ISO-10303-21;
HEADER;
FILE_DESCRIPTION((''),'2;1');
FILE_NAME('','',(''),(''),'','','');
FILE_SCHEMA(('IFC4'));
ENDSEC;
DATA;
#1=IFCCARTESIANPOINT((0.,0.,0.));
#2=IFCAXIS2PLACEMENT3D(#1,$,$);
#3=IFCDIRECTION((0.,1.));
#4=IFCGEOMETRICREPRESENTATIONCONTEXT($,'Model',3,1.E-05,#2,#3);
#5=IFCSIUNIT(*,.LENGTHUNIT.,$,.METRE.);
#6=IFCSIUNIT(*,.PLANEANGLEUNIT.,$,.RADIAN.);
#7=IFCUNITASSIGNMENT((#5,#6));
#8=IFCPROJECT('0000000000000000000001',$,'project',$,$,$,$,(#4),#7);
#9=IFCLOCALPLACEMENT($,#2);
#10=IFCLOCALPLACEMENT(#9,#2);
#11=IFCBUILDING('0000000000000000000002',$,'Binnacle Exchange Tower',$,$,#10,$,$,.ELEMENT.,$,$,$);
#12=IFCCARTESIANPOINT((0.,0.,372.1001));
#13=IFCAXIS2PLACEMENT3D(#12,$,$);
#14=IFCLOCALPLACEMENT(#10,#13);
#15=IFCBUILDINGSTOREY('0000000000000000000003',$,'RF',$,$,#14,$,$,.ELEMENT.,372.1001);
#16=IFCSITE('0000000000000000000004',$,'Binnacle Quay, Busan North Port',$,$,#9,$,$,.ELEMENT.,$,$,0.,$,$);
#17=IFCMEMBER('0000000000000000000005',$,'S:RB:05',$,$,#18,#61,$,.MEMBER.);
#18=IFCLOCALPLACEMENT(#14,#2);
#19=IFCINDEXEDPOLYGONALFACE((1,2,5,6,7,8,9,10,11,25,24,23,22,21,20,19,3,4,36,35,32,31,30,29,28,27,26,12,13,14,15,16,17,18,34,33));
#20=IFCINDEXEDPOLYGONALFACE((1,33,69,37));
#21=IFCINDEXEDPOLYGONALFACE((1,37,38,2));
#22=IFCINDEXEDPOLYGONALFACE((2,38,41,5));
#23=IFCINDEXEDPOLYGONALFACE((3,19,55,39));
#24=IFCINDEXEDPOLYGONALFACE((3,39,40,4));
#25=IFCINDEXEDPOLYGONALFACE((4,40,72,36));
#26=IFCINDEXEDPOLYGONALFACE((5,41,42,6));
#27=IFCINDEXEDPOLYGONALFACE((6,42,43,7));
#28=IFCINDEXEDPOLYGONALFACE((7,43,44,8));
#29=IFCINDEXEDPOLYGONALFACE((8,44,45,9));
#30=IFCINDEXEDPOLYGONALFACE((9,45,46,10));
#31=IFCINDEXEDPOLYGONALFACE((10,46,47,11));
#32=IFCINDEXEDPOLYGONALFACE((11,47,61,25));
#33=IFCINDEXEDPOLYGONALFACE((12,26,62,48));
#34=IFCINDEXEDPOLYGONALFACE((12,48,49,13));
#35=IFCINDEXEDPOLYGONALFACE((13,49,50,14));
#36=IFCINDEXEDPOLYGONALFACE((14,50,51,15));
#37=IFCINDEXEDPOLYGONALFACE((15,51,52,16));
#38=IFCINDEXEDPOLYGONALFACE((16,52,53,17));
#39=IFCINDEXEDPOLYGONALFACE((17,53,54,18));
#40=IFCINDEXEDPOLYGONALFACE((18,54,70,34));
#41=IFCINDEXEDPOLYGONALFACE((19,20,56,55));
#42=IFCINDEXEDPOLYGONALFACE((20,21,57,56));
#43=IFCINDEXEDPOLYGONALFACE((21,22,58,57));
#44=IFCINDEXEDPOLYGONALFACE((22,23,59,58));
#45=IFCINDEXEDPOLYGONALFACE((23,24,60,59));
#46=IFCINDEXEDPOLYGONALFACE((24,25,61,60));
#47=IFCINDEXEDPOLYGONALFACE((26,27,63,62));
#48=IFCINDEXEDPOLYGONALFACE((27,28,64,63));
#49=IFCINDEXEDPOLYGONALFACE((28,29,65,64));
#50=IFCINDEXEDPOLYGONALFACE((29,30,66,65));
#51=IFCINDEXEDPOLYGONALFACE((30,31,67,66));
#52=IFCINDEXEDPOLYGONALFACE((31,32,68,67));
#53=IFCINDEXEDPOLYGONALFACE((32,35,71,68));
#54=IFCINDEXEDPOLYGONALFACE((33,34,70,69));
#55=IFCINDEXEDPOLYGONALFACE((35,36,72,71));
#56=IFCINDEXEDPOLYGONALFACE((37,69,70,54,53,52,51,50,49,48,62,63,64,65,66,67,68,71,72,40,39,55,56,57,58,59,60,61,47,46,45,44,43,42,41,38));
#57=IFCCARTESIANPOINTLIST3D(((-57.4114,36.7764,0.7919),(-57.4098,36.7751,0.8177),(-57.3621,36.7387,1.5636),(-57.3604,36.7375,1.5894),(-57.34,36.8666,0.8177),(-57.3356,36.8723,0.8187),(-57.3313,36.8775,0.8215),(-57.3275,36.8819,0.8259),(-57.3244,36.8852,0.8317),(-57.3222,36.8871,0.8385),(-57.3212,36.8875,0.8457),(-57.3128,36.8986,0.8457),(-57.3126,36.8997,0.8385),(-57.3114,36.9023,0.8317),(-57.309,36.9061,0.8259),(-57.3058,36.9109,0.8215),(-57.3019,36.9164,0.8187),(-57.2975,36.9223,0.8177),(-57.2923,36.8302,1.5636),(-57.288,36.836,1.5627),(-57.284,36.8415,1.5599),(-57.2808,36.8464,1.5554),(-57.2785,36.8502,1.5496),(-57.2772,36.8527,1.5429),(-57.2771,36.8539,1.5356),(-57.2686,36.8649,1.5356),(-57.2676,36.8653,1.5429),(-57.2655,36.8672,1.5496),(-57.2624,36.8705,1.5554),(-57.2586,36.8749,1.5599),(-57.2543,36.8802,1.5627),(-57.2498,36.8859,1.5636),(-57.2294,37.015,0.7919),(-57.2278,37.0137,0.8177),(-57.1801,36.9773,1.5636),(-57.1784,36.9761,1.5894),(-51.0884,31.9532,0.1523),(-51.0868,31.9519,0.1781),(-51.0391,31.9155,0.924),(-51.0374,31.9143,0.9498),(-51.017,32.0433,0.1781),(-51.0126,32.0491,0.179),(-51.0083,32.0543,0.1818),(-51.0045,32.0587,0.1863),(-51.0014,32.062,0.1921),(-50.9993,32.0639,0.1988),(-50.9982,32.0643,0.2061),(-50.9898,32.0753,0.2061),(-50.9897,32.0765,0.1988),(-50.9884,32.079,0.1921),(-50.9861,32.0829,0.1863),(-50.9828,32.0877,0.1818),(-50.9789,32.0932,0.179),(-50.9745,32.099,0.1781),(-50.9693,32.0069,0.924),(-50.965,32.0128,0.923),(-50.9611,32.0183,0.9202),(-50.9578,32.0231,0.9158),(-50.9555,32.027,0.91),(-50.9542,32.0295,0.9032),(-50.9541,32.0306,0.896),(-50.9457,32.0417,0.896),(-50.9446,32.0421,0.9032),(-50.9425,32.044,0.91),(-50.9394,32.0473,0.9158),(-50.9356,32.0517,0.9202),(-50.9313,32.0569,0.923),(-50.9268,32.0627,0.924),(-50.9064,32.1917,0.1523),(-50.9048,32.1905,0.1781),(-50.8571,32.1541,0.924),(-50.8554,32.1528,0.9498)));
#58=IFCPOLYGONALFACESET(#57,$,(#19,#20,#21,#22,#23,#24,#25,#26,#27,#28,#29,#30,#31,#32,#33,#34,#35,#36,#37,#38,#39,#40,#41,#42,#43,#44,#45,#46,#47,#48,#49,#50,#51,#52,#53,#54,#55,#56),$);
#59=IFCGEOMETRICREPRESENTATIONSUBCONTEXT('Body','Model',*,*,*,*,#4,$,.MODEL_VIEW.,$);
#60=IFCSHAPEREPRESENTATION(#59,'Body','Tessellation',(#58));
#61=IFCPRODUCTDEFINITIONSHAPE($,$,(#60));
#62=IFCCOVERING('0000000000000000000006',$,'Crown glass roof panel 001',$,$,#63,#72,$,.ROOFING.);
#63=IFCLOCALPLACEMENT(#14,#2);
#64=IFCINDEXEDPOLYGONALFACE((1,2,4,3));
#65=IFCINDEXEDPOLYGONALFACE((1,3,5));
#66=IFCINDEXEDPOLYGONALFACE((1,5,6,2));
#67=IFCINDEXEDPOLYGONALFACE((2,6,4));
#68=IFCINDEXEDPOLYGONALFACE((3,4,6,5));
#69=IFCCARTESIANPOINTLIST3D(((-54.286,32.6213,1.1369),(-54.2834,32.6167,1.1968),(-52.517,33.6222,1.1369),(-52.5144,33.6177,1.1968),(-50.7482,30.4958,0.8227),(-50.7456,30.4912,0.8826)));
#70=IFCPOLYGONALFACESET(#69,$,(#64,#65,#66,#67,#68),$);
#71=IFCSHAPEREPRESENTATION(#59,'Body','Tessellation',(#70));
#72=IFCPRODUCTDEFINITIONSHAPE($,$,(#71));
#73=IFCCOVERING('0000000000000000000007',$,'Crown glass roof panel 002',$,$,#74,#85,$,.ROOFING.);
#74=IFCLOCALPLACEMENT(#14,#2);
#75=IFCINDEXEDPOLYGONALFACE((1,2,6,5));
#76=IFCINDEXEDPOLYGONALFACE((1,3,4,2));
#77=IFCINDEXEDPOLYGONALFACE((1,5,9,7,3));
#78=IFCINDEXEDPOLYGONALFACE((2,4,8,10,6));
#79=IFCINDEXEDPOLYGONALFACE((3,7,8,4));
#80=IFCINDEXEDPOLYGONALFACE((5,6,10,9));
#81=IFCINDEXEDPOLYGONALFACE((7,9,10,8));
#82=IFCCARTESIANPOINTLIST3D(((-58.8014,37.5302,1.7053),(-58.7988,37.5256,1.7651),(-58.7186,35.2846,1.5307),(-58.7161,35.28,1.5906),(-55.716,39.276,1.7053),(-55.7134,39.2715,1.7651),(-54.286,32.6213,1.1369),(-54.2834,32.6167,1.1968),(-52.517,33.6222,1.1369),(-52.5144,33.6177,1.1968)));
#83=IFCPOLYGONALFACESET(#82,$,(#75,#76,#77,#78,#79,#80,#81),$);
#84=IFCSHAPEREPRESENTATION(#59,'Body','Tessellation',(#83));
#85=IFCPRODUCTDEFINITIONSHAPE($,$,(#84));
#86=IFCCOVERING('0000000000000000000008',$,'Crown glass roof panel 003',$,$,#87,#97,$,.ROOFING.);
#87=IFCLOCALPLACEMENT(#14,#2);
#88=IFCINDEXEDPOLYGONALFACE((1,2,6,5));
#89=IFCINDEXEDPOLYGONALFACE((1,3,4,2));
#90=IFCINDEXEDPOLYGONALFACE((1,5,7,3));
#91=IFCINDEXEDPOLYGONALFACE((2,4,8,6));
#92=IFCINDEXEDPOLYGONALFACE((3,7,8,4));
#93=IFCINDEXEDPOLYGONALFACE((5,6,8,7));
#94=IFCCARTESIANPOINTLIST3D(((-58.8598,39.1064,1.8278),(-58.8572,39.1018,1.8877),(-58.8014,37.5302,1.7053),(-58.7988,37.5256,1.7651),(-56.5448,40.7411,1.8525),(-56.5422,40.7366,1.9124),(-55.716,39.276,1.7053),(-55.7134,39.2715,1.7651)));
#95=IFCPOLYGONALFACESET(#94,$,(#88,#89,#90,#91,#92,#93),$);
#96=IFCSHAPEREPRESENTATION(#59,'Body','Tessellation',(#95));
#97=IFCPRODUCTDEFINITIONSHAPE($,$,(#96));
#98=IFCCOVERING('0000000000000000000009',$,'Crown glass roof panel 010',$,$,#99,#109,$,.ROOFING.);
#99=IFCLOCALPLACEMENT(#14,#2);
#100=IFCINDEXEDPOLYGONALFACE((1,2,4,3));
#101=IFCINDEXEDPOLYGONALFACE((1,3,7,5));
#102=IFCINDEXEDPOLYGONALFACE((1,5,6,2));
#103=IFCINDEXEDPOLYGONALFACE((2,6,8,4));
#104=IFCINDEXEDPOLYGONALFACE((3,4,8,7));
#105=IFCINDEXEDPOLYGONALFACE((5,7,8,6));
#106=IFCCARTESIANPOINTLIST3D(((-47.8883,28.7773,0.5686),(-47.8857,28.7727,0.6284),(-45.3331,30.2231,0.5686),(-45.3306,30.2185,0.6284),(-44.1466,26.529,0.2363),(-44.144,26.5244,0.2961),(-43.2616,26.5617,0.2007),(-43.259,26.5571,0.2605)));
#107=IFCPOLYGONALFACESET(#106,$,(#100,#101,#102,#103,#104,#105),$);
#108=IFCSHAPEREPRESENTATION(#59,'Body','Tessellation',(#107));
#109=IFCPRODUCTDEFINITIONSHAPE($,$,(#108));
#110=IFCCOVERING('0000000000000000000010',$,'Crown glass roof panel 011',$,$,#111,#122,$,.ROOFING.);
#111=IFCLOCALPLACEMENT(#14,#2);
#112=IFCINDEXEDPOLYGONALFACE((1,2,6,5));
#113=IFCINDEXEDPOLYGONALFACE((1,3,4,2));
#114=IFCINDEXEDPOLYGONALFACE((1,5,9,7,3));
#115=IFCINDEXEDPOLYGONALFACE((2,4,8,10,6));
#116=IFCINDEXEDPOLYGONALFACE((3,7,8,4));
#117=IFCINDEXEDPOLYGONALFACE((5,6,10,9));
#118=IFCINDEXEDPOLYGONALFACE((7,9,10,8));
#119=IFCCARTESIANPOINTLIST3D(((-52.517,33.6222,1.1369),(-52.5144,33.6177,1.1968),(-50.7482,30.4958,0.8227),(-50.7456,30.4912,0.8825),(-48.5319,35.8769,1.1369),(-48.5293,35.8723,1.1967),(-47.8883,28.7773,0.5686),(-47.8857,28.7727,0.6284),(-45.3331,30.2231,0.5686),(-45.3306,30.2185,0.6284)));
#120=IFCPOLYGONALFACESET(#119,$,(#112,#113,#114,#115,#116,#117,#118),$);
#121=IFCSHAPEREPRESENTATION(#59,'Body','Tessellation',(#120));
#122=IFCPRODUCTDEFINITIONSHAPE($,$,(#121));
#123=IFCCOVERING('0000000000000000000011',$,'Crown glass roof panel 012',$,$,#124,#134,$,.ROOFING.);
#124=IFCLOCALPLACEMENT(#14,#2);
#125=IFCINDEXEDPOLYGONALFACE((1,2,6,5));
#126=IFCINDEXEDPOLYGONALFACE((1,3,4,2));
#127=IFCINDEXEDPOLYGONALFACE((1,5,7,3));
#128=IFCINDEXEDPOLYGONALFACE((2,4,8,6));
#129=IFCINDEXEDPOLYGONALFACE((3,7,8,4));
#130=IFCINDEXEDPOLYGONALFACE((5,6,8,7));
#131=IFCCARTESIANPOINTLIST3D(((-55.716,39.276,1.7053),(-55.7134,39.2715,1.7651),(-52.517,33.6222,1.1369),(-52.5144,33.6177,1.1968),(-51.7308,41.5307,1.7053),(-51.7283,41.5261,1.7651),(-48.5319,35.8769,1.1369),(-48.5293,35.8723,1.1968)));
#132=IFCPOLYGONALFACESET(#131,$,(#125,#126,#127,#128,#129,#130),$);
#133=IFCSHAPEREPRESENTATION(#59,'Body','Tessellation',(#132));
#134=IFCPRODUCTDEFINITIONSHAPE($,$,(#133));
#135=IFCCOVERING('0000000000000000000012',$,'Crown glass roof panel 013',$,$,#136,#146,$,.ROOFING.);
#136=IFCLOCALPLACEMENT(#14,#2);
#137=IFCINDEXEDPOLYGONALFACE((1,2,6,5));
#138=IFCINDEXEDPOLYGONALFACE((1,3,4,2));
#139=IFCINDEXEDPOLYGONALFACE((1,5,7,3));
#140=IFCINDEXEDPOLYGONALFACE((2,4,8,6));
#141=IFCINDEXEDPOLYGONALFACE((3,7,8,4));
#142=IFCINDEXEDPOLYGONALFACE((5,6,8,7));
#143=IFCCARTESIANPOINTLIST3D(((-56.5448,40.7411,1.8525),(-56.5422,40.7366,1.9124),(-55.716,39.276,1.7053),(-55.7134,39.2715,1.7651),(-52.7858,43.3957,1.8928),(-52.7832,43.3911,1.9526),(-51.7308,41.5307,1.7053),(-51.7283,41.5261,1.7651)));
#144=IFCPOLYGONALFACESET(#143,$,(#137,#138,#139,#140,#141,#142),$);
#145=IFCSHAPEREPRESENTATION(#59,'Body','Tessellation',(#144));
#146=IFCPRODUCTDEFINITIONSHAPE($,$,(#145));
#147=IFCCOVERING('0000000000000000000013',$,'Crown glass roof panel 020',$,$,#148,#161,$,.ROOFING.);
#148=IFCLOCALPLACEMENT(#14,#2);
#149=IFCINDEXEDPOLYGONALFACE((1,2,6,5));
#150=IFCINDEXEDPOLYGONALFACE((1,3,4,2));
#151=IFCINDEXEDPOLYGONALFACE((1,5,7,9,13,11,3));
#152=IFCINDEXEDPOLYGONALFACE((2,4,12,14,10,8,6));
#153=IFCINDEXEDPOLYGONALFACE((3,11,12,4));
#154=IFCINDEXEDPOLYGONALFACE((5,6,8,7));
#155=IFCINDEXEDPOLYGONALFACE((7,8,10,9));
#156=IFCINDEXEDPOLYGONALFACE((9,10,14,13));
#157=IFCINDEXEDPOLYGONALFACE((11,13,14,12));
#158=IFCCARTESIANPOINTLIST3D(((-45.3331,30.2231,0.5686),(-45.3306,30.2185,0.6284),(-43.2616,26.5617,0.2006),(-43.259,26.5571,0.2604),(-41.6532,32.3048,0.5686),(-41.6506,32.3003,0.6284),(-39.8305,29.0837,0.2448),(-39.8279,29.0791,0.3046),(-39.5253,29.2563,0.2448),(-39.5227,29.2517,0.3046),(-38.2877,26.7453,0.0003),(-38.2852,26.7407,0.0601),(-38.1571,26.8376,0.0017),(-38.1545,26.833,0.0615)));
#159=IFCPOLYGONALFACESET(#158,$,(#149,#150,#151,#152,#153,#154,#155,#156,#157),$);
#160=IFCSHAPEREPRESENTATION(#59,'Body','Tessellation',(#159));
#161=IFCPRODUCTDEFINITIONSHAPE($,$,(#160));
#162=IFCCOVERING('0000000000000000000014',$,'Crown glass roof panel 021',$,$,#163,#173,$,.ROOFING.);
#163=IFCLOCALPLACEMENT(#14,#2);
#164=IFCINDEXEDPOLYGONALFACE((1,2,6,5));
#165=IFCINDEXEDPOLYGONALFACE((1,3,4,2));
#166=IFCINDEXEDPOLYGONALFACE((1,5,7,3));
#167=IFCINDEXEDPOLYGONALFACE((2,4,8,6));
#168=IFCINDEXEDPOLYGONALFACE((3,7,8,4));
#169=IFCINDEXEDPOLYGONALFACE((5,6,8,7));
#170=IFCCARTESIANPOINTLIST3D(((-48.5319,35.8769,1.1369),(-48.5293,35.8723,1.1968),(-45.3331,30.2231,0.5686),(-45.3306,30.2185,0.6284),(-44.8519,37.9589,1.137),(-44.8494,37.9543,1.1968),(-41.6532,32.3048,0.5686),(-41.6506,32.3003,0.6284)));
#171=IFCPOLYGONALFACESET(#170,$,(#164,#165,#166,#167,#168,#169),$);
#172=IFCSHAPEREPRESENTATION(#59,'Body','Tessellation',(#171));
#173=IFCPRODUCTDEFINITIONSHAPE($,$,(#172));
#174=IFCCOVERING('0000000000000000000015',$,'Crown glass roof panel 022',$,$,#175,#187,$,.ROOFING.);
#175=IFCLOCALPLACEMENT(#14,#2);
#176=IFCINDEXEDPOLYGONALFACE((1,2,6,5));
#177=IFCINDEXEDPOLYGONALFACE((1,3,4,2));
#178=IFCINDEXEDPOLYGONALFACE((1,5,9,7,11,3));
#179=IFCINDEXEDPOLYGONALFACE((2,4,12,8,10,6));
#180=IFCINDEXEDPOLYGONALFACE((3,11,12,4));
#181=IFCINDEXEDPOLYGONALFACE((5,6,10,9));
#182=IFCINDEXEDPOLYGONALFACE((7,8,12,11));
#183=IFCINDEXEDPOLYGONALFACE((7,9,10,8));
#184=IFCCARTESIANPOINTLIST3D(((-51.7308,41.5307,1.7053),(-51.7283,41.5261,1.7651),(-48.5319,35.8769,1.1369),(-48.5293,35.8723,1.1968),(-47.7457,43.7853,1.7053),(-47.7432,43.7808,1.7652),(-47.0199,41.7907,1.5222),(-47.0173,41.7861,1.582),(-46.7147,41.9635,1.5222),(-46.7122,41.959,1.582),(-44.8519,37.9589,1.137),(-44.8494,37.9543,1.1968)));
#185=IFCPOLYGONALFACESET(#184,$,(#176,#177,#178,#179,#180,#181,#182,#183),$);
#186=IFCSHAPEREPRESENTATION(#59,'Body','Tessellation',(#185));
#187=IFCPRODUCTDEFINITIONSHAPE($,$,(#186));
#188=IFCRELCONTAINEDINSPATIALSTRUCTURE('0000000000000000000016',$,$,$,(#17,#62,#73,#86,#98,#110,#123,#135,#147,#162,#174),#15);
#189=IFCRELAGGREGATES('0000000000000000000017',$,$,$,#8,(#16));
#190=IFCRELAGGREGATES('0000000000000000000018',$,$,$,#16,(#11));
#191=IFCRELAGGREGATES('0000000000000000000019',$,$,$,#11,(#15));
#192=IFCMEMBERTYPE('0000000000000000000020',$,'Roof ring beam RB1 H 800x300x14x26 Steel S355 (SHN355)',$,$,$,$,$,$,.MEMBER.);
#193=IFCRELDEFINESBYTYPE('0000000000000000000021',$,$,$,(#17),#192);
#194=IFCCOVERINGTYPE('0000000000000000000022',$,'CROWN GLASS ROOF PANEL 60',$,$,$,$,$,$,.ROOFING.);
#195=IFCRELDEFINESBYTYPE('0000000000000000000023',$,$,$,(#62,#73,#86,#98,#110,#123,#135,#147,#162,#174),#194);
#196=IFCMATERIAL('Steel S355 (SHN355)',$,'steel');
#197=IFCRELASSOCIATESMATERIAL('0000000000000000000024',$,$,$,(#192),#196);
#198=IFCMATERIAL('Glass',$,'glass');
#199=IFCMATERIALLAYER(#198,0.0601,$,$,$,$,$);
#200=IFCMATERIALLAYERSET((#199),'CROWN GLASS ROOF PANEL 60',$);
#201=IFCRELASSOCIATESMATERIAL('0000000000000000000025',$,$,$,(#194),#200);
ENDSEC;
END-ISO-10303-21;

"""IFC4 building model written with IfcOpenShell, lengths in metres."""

from ifc_helpers import new_model, si_unit, direction, frame, origin, origin_2d, place, context, subcontext, project, spatial, polyline, i_section, outline, extrude, material, layer, layer_set, material_profile, profile_set, type_object, element, save


model = new_model("IFC4")

# Units and contexts
model_context = context("Model", 3, precision=1e-05, world=origin(), true_north=direction((0.0, 1.0)))
body_context = subcontext(model_context, "Body", "Model", "MODEL_VIEW")
ifc_project = project(units=[si_unit("LENGTHUNIT", "METRE"), si_unit("PLANEANGLEUNIT", "RADIAN")], contexts=[model_context])

# Site, building, storey
site_placement = place(None, origin())
site = spatial("IfcSite", under=ifc_project, at=site_placement, Name="Binnacle Quay, Busan North Port", CompositionType="ELEMENT", RefElevation=0.0)
building_placement = place(site_placement, origin())
building = spatial("IfcBuilding", under=site, at=building_placement, Name="Binnacle Exchange Tower", CompositionType="ELEMENT")
storey_placement = place(building_placement, frame((0.0, 0.0, 372.1001)))
storey = spatial("IfcBuildingStorey", under=building, at=storey_placement, Name="RF", CompositionType="ELEMENT", Elevation=372.1001)

# Shared definitions
ifc_material_1 = material(Name="Steel S355 (SHN355)", Category="steel")

# Member
ifc_material_profile_1 = material_profile(ifc_material_1, i_section(OverallWidth=0.3, OverallDepth=0.8, WebThickness=0.0139, FlangeThickness=0.0259, FilletRadius=0.0281, at=origin_2d()), Name="H 800x300x14x26")
ifc_profile_set_1 = profile_set([ifc_material_profile_1], Name="Steel S355 (SHN355)")
member_type_1 = type_object("IfcMemberType", Name="Roof ring beam RB1 H 800x300x14x26 Steel S355 (SHN355)", PredefinedType="MEMBER", material=ifc_profile_set_1)
member_1_placement = place(storey_placement, frame((-57.2949, 36.8762, 1.1907), z_axis=(0.792525, -0.604546, -0.080174), x_axis=(0.606498, 0.795085, 0.0)))
element("IfcMember", 1, at=member_1_placement, inside=storey, type_object=member_type_1, Name="S:RB:05", PredefinedType="MEMBER", context=body_context, shape_type="SweptSolid", body=[
    extrude(i_section(OverallWidth=0.3, OverallDepth=0.8, WebThickness=0.0139, FlangeThickness=0.0259, FilletRadius=0.0281, at=origin_2d()), origin(), (0.0, 0.0, 1.0), 7.9783),
])

# Coverings
ifc_material_2 = material(Name="Glass", Category="glass")
ifc_layer = layer(ifc_material_2, 0.0601)
ifc_layer_set = layer_set([ifc_layer], Name="CROWN GLASS ROOF PANEL 60")
covering_type = type_object("IfcCoveringType", Name="CROWN GLASS ROOF PANEL 60", PredefinedType="ROOFING", material=ifc_layer_set)
covering_1_placement = place(storey_placement, frame((-52.5144, 33.6177, 1.1968), z_axis=(0.042912, -0.07584, 0.996196), x_axis=(0.490536, -0.867053, -0.087139)))
element("IfcCovering", 2, at=covering_1_placement, inside=storey, type_object=covering_type, Name="Crown glass roof panel 001", PredefinedType="ROOFING", context=body_context, shape_type="SweptSolid", body=[
    extrude(outline(polyline([(0.0, 0.0), (3.6059, 0.0), (0.0001, -2.0326), (0.0, 0.0)])), origin(), (0.0, 0.0, -1.0), 0.0601),
])
covering_2_placement = place(storey_placement, frame((-55.7134, 39.2715, 1.7651), z_axis=(0.042923, -0.075858, 0.996194), x_axis=(0.490573, -0.86703, -0.08716)))
element("IfcCovering", 3, at=covering_2_placement, inside=storey, type_object=covering_type, Name="Crown glass roof panel 002", PredefinedType="ROOFING", context=body_context, shape_type="SweptSolid", body=[
    extrude(outline(polyline([(0.0, 0.0), (6.5209, 0.0), (6.5209, -2.0326), (2.0029, -4.5789), (0.0001, -3.5451), (0.0, 0.0)])), origin(), (0.0, 0.0, -1.0), 0.0601),
])
covering_3_placement = place(storey_placement, frame((-56.5422, 40.7366, 1.9124), z_axis=(0.042929, -0.075844, 0.996195), x_axis=(0.490528, -0.867057, -0.087151)))
element("IfcCovering", 4, at=covering_3_placement, inside=storey, type_object=covering_type, Name="Crown glass roof panel 003", PredefinedType="ROOFING", context=body_context, shape_type="SweptSolid", body=[
    extrude(outline(polyline([(0.0, 0.0), (1.6897, 0.0), (1.69, -3.5451), (0.284, -2.8198), (0.0, 0.0)])), origin(), (0.0, 0.0, -1.0), 0.0601),
])
covering_4_placement = place(storey_placement, frame((-47.8857, 28.7727, 0.6284), z_axis=(0.042909, -0.075824, 0.996198), x_axis=(0.870333, 0.492463, -0.000005)))
element("IfcCovering", 5, at=covering_4_placement, inside=storey, type_object=covering_type, Name="Crown glass roof panel 010", PredefinedType="ROOFING", context=body_context, shape_type="SweptSolid", body=[
    extrude(outline(polyline([(0.0, 0.0), (2.9359, 0.0), (2.9357, -4.2228), (2.1493, -3.8139), (0.0, 0.0)])), origin(), (0.0, 0.0, -1.0), 0.0601),
])
covering_5_placement = place(storey_placement, frame((-52.5144, 33.6177, 1.1968), z_axis=(0.042927, -0.075853, 0.996195), x_axis=(0.870358, 0.49242, -0.00001)))
element("IfcCovering", 6, at=covering_5_placement, inside=storey, type_object=covering_type, Name="Crown glass roof panel 011", PredefinedType="ROOFING", context=body_context, shape_type="SweptSolid", body=[
    extrude(outline(polyline([(0.0, 0.0), (4.5787, 0.0), (4.5787, -6.5208), (1.6428, -6.5209), (0.0, -3.6059), (0.0, 0.0)])), origin(), (0.0, 0.0, -1.0), 0.0601),
])
covering_6_placement = place(storey_placement, frame((-55.7134, 39.2715, 1.7651), z_axis=(0.042919, -0.07586, 0.996194), x_axis=(0.870358, 0.492419, 0.0)))
element("IfcCovering", 7, at=covering_6_placement, inside=storey, type_object=covering_type, Name="Crown glass roof panel 012", PredefinedType="ROOFING", context=body_context, shape_type="SweptSolid", body=[
    extrude(outline(polyline([(0.0, 0.0), (4.5787, 0.0), (4.5789, -6.5209), (0.0002, -6.5209), (0.0, 0.0)])), origin(), (0.0, 0.0, -1.0), 0.0601),
])
covering_7_placement = place(storey_placement, frame((-51.7283, 41.5261, 1.7651), z_axis=(0.042907, -0.075859, 0.996195), x_axis=(-0.870359, -0.492418, -0.00001)))
element("IfcCovering", 8, at=covering_7_placement, inside=storey, type_object=covering_type, Name="Crown glass roof panel 013", PredefinedType="ROOFING", context=body_context, shape_type="SweptSolid", body=[
    extrude(outline(polyline([(0.0, 0.0), (4.5787, 0.0), (4.5787, -1.6897), (-0.0002, -2.1509), (0.0, 0.0)])), origin(), (0.0, 0.0, -1.0), 0.0601),
])
covering_8_placement = place(storey_placement, frame((-45.3306, 30.2185, 0.6284), z_axis=(0.042913, -0.07585, 0.996195), x_axis=(0.870378, 0.492385, -0.000003)))
element("IfcCovering", 9, at=covering_8_placement, inside=storey, type_object=covering_type, Name="Crown glass roof panel 020", PredefinedType="ROOFING", context=body_context, shape_type="SweptSolid", body=[
    extrude(outline(polyline([(0.0, 0.0), (4.228, 0.0), (4.2284, -3.7153), (4.579, -3.7153), (4.5789, -6.5048), (4.4198, -6.5209), (0.0002, -4.2228), (0.0, 0.0)])), origin(), (0.0, 0.0, -1.0), 0.0601),
])
covering_9_placement = place(storey_placement, frame((-48.5293, 35.8723, 1.1968), z_axis=(0.042918, -0.075861, 0.996194), x_axis=(0.870353, 0.492428, 0.000002)))
element("IfcCovering", 10, at=covering_9_placement, inside=storey, type_object=covering_type, Name="Crown glass roof panel 021", PredefinedType="ROOFING", context=body_context, shape_type="SweptSolid", body=[
    extrude(outline(polyline([(0.0, 0.0), (4.2281, 0.0), (4.2279, -6.521), (-0.0001, -6.5208), (0.0, 0.0)])), origin(), (0.0, 0.0, -1.0), 0.0601),
])
covering_10_placement = place(storey_placement, frame((-51.7283, 41.5261, 1.7651), z_axis=(0.042914, -0.075863, 0.996194), x_axis=(0.870358, 0.492419, 0.000006)))
element("IfcCovering", 11, at=covering_10_placement, inside=storey, type_object=covering_type, Name="Crown glass roof panel 022", PredefinedType="ROOFING", context=body_context, shape_type="SweptSolid", body=[
    extrude(outline(polyline([(0.0, 0.0), (4.5787, 0.0), (4.579, -2.1013), (4.2282, -2.1014), (4.2283, -6.5208), (0.0002, -6.5209), (0.0, 0.0)])), origin(), (0.0, 0.0, -1.0), 0.0601),
])

save(model, "model.ifc")
